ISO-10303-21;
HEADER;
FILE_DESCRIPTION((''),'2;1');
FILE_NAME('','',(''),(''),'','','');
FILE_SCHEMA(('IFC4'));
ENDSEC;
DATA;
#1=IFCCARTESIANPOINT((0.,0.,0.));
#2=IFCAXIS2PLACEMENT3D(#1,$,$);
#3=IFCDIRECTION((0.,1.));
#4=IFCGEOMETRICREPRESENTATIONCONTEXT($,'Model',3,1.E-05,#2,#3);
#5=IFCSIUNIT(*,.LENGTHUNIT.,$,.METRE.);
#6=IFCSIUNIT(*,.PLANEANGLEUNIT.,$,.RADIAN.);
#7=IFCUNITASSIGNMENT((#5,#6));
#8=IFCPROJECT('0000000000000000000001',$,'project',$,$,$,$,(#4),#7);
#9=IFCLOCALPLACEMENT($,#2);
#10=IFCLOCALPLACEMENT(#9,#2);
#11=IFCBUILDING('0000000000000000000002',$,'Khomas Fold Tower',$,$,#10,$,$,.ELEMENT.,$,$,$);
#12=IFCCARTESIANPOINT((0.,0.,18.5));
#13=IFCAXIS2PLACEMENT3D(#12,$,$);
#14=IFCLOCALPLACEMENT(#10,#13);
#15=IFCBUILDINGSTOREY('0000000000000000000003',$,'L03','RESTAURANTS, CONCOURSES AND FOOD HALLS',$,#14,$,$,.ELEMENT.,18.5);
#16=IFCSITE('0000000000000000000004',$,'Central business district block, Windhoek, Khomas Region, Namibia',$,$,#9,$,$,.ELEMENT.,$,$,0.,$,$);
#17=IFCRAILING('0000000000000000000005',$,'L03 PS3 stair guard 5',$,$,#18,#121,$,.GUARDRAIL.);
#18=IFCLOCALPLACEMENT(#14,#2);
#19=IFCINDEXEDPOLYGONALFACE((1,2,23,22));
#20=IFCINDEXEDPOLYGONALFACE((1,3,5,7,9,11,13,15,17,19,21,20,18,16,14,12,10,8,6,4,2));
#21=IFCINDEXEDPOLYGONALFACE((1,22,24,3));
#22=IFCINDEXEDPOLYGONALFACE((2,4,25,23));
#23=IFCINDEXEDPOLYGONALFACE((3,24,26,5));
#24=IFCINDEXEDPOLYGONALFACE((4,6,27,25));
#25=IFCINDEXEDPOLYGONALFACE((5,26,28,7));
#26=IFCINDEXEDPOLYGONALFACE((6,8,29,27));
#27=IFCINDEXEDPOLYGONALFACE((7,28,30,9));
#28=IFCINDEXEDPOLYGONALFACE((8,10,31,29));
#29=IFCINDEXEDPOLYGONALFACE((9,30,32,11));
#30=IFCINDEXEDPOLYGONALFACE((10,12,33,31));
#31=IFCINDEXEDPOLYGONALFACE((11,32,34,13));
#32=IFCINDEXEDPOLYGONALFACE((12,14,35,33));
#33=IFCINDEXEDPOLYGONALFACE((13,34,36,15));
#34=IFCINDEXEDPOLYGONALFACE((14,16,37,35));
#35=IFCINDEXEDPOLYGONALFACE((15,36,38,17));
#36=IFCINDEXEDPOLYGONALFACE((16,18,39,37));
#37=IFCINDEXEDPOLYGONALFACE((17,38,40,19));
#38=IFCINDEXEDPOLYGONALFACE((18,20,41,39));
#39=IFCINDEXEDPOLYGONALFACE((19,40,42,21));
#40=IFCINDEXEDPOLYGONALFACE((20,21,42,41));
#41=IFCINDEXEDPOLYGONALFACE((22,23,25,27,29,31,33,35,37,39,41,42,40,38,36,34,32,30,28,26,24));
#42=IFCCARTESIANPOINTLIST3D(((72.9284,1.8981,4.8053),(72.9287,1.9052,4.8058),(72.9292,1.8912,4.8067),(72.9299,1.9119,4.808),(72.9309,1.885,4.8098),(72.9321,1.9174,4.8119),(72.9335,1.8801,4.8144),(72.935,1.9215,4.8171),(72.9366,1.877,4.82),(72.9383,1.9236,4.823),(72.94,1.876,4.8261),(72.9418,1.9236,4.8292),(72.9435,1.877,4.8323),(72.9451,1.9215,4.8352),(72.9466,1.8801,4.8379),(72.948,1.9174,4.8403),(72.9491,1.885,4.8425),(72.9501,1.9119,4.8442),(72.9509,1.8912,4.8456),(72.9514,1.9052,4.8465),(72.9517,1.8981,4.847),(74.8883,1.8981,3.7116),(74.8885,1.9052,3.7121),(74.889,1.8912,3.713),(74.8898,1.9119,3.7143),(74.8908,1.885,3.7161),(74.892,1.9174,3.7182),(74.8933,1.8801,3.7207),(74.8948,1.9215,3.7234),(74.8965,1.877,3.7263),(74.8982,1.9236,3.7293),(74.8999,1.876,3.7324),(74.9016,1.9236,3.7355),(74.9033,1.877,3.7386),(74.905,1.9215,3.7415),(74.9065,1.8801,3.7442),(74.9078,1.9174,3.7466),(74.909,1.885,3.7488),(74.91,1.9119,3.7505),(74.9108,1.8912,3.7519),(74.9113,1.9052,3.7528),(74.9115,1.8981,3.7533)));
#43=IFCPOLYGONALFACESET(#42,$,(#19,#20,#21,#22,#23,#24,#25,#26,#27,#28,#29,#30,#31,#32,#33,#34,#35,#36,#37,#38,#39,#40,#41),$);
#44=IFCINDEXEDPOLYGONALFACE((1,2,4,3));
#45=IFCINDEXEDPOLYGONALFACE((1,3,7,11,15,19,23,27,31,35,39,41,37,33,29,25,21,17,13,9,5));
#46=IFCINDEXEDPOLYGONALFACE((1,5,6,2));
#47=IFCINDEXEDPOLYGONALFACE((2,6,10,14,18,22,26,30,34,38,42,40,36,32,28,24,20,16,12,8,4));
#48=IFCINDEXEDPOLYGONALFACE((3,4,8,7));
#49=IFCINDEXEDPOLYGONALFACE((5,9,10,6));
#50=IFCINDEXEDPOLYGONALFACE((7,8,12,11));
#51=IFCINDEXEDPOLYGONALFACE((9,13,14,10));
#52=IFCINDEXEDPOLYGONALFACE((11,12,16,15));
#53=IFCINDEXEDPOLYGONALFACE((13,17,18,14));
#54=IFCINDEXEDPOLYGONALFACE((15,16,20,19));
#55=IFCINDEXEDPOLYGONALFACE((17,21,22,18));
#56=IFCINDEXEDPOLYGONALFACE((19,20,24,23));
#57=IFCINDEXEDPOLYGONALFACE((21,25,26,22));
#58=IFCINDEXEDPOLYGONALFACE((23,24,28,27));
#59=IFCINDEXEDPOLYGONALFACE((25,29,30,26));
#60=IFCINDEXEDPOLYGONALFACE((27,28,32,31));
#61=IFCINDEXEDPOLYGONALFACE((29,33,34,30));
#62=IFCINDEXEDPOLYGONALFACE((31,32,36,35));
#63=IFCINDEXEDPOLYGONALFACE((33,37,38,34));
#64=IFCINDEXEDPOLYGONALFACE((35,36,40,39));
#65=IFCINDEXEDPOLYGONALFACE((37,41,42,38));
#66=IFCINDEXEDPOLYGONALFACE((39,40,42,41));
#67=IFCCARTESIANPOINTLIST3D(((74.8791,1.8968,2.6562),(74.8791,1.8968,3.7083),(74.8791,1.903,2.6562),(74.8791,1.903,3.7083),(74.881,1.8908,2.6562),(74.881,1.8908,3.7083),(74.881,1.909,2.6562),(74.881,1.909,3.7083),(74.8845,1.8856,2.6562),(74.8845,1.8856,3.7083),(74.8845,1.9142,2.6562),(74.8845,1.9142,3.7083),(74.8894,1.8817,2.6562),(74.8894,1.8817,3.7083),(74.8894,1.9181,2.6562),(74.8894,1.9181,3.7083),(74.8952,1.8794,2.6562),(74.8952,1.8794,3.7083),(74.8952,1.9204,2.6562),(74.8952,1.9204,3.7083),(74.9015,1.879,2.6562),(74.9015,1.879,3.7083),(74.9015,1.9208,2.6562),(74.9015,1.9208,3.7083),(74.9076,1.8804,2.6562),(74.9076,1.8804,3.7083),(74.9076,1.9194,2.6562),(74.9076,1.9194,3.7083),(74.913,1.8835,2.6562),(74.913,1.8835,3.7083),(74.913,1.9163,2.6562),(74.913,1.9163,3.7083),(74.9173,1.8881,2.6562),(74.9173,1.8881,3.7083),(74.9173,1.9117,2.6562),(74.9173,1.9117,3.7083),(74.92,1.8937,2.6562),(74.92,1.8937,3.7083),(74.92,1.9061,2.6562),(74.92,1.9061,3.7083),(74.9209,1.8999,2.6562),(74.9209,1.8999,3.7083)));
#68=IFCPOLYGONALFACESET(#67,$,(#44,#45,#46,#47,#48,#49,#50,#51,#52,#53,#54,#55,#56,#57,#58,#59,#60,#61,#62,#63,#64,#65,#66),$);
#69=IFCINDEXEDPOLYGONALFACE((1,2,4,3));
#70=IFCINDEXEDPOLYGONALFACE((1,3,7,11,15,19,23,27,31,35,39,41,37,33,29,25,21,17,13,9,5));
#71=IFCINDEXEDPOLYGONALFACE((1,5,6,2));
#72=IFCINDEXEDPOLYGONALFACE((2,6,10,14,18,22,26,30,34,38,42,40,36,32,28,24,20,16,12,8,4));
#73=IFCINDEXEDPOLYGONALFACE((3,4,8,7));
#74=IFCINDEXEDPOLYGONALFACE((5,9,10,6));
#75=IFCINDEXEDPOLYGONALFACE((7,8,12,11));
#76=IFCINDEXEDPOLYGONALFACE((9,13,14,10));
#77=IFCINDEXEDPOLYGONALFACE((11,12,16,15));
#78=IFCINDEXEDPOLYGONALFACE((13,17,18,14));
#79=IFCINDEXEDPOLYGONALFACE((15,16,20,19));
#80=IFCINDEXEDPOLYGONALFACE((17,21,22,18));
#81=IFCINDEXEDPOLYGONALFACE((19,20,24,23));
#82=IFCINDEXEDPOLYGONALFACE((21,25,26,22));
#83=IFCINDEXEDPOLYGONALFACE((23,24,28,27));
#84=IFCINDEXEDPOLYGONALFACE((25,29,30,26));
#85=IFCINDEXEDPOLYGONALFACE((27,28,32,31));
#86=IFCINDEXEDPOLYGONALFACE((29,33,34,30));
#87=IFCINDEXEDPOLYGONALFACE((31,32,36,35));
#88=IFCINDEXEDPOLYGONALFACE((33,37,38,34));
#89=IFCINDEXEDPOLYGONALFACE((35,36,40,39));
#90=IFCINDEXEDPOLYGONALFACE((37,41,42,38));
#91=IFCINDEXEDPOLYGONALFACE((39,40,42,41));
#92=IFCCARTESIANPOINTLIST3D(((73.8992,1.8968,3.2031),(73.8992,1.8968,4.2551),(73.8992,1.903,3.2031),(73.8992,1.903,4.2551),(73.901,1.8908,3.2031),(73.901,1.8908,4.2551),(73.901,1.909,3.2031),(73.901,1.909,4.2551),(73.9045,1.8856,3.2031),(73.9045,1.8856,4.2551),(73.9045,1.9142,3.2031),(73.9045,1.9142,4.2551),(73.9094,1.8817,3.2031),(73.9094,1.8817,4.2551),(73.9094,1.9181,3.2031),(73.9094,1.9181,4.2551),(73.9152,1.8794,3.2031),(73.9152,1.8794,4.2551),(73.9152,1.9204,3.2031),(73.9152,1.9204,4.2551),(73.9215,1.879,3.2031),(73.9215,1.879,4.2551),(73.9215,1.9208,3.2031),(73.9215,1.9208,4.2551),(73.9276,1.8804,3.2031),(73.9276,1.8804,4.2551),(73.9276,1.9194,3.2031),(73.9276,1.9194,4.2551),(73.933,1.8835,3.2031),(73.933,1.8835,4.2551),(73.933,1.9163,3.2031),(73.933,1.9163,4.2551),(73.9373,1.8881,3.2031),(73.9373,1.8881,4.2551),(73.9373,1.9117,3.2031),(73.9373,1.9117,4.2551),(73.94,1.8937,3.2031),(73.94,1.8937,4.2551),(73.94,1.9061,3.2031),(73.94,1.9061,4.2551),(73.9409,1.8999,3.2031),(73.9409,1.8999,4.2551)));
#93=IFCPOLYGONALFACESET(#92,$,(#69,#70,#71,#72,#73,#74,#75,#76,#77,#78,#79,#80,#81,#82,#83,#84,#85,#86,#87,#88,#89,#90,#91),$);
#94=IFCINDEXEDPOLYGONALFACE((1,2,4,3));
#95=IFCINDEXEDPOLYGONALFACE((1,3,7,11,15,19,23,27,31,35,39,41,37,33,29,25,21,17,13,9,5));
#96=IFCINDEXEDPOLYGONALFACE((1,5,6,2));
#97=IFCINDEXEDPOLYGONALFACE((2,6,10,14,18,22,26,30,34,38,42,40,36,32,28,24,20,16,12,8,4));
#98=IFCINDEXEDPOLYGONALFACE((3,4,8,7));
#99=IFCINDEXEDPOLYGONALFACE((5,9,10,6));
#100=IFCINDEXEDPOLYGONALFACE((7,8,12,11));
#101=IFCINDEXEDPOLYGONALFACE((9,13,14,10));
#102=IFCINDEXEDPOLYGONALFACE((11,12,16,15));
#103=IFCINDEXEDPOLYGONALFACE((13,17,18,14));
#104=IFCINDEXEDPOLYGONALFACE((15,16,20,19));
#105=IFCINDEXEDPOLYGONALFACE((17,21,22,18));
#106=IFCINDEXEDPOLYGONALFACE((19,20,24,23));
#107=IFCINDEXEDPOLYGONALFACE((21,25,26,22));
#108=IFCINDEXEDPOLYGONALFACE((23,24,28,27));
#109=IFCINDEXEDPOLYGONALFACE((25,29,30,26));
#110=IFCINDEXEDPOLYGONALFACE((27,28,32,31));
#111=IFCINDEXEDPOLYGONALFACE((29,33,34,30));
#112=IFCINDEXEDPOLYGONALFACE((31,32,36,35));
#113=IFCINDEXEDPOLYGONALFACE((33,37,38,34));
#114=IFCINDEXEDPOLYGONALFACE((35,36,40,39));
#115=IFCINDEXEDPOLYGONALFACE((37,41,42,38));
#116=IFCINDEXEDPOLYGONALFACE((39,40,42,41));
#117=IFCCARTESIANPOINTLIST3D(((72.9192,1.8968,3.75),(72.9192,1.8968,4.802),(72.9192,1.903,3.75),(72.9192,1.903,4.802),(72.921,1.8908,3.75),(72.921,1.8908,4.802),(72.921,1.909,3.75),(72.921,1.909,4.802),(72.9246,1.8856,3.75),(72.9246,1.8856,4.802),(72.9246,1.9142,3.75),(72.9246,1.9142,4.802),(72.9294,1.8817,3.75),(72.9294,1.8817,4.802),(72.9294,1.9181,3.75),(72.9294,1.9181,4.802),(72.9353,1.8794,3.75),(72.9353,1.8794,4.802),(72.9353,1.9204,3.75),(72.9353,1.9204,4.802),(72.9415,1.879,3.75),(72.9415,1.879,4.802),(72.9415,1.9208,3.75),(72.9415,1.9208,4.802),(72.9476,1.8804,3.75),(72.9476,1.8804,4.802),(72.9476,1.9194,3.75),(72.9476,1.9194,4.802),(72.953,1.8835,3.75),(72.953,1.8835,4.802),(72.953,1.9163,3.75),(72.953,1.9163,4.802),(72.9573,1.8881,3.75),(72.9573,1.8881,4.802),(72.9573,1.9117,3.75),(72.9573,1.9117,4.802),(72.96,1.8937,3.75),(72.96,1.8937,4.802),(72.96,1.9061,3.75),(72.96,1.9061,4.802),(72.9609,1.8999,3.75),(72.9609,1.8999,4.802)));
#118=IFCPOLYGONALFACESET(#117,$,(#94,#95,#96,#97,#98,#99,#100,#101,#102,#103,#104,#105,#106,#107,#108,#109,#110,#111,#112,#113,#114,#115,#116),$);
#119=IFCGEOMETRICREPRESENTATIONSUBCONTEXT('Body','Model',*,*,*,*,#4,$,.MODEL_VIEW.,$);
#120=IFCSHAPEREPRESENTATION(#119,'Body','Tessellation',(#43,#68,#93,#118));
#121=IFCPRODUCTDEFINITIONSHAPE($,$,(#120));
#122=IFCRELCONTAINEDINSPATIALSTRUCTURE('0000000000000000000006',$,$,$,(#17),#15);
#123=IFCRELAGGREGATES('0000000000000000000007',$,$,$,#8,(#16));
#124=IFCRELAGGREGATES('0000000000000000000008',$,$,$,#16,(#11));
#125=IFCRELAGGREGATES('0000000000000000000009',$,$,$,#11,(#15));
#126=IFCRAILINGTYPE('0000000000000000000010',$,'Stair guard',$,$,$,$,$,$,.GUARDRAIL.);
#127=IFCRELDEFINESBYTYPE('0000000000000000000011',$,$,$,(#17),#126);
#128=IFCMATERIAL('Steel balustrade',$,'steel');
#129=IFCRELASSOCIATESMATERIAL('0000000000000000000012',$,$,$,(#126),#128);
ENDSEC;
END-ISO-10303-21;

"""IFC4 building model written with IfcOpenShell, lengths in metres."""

from ifc_helpers import new_model, si_unit, direction, frame, origin, origin_2d, place, context, subcontext, project, spatial, circle, extrude, source, transform, mapped, material, type_object, element, save


model = new_model("IFC4")

# Units and contexts
model_context = context("Model", 3, precision=1e-05, world=origin(), true_north=direction((0.0, 1.0)))
body_context = subcontext(model_context, "Body", "Model", "MODEL_VIEW")
ifc_project = project(units=[si_unit("LENGTHUNIT", "METRE"), si_unit("PLANEANGLEUNIT", "RADIAN")], contexts=[model_context])

# Site, building, storey
site_placement = place(None, origin())
site = spatial("IfcSite", under=ifc_project, at=site_placement, Name="Central business district block, Windhoek, Khomas Region, Namibia", CompositionType="ELEMENT", RefElevation=0.0)
building_placement = place(site_placement, origin())
building = spatial("IfcBuilding", under=site, at=building_placement, Name="Khomas Fold Tower", CompositionType="ELEMENT")
storey_placement = place(building_placement, frame((0.0, 0.0, 18.5)))
storey = spatial("IfcBuildingStorey", under=building, at=storey_placement, Name="L03", Description="RESTAURANTS, CONCOURSES AND FOOD HALLS", CompositionType="ELEMENT", Elevation=18.5)

# Railing
ifc_material_1 = material(Name="Steel balustrade", Category="steel")
railing_type_1 = type_object("IfcRailingType", Name="Stair guard", PredefinedType="GUARDRAIL", material=ifc_material_1)
shared_shape_1 = source(origin(), body_context, "Body", "SweptSolid", [
    extrude(circle(Radius=0.0239, at=origin_2d()), frame((0.0, 0.0, 1.0762), z_axis=(-0.873232, 0.0, 0.487304), x_axis=(0.0, -1.0, 0.0)), (0.0, 0.0, 1.0), 2.2444),
    extrude(circle(Radius=0.021, at=origin_2d()), origin(), (0.0, 0.0, 1.0), 1.052),
    extrude(circle(Radius=0.021, at=origin_2d()), frame((-0.98, 0.0, 0.5469)), (0.0, 0.0, 1.0), 1.052),
    extrude(circle(Radius=0.021, at=origin_2d()), frame((-1.96, 0.0, 1.0938)), (0.0, 0.0, 1.0), 1.052),
])
for number, where, name in (
    (1, (74.8999, 1.8999, 2.6562), "L03 PS3 stair guard 5"),
):
    element("IfcRailing", number, at=place(storey_placement, frame(where)), inside=storey, type_object=railing_type_1, Name=name, PredefinedType="GUARDRAIL", context=body_context, shape_type="MappedRepresentation", body=[
        mapped(shared_shape_1, transform((0.0, 0.0, 0.0))),
    ])

save(model, "model.ifc")
